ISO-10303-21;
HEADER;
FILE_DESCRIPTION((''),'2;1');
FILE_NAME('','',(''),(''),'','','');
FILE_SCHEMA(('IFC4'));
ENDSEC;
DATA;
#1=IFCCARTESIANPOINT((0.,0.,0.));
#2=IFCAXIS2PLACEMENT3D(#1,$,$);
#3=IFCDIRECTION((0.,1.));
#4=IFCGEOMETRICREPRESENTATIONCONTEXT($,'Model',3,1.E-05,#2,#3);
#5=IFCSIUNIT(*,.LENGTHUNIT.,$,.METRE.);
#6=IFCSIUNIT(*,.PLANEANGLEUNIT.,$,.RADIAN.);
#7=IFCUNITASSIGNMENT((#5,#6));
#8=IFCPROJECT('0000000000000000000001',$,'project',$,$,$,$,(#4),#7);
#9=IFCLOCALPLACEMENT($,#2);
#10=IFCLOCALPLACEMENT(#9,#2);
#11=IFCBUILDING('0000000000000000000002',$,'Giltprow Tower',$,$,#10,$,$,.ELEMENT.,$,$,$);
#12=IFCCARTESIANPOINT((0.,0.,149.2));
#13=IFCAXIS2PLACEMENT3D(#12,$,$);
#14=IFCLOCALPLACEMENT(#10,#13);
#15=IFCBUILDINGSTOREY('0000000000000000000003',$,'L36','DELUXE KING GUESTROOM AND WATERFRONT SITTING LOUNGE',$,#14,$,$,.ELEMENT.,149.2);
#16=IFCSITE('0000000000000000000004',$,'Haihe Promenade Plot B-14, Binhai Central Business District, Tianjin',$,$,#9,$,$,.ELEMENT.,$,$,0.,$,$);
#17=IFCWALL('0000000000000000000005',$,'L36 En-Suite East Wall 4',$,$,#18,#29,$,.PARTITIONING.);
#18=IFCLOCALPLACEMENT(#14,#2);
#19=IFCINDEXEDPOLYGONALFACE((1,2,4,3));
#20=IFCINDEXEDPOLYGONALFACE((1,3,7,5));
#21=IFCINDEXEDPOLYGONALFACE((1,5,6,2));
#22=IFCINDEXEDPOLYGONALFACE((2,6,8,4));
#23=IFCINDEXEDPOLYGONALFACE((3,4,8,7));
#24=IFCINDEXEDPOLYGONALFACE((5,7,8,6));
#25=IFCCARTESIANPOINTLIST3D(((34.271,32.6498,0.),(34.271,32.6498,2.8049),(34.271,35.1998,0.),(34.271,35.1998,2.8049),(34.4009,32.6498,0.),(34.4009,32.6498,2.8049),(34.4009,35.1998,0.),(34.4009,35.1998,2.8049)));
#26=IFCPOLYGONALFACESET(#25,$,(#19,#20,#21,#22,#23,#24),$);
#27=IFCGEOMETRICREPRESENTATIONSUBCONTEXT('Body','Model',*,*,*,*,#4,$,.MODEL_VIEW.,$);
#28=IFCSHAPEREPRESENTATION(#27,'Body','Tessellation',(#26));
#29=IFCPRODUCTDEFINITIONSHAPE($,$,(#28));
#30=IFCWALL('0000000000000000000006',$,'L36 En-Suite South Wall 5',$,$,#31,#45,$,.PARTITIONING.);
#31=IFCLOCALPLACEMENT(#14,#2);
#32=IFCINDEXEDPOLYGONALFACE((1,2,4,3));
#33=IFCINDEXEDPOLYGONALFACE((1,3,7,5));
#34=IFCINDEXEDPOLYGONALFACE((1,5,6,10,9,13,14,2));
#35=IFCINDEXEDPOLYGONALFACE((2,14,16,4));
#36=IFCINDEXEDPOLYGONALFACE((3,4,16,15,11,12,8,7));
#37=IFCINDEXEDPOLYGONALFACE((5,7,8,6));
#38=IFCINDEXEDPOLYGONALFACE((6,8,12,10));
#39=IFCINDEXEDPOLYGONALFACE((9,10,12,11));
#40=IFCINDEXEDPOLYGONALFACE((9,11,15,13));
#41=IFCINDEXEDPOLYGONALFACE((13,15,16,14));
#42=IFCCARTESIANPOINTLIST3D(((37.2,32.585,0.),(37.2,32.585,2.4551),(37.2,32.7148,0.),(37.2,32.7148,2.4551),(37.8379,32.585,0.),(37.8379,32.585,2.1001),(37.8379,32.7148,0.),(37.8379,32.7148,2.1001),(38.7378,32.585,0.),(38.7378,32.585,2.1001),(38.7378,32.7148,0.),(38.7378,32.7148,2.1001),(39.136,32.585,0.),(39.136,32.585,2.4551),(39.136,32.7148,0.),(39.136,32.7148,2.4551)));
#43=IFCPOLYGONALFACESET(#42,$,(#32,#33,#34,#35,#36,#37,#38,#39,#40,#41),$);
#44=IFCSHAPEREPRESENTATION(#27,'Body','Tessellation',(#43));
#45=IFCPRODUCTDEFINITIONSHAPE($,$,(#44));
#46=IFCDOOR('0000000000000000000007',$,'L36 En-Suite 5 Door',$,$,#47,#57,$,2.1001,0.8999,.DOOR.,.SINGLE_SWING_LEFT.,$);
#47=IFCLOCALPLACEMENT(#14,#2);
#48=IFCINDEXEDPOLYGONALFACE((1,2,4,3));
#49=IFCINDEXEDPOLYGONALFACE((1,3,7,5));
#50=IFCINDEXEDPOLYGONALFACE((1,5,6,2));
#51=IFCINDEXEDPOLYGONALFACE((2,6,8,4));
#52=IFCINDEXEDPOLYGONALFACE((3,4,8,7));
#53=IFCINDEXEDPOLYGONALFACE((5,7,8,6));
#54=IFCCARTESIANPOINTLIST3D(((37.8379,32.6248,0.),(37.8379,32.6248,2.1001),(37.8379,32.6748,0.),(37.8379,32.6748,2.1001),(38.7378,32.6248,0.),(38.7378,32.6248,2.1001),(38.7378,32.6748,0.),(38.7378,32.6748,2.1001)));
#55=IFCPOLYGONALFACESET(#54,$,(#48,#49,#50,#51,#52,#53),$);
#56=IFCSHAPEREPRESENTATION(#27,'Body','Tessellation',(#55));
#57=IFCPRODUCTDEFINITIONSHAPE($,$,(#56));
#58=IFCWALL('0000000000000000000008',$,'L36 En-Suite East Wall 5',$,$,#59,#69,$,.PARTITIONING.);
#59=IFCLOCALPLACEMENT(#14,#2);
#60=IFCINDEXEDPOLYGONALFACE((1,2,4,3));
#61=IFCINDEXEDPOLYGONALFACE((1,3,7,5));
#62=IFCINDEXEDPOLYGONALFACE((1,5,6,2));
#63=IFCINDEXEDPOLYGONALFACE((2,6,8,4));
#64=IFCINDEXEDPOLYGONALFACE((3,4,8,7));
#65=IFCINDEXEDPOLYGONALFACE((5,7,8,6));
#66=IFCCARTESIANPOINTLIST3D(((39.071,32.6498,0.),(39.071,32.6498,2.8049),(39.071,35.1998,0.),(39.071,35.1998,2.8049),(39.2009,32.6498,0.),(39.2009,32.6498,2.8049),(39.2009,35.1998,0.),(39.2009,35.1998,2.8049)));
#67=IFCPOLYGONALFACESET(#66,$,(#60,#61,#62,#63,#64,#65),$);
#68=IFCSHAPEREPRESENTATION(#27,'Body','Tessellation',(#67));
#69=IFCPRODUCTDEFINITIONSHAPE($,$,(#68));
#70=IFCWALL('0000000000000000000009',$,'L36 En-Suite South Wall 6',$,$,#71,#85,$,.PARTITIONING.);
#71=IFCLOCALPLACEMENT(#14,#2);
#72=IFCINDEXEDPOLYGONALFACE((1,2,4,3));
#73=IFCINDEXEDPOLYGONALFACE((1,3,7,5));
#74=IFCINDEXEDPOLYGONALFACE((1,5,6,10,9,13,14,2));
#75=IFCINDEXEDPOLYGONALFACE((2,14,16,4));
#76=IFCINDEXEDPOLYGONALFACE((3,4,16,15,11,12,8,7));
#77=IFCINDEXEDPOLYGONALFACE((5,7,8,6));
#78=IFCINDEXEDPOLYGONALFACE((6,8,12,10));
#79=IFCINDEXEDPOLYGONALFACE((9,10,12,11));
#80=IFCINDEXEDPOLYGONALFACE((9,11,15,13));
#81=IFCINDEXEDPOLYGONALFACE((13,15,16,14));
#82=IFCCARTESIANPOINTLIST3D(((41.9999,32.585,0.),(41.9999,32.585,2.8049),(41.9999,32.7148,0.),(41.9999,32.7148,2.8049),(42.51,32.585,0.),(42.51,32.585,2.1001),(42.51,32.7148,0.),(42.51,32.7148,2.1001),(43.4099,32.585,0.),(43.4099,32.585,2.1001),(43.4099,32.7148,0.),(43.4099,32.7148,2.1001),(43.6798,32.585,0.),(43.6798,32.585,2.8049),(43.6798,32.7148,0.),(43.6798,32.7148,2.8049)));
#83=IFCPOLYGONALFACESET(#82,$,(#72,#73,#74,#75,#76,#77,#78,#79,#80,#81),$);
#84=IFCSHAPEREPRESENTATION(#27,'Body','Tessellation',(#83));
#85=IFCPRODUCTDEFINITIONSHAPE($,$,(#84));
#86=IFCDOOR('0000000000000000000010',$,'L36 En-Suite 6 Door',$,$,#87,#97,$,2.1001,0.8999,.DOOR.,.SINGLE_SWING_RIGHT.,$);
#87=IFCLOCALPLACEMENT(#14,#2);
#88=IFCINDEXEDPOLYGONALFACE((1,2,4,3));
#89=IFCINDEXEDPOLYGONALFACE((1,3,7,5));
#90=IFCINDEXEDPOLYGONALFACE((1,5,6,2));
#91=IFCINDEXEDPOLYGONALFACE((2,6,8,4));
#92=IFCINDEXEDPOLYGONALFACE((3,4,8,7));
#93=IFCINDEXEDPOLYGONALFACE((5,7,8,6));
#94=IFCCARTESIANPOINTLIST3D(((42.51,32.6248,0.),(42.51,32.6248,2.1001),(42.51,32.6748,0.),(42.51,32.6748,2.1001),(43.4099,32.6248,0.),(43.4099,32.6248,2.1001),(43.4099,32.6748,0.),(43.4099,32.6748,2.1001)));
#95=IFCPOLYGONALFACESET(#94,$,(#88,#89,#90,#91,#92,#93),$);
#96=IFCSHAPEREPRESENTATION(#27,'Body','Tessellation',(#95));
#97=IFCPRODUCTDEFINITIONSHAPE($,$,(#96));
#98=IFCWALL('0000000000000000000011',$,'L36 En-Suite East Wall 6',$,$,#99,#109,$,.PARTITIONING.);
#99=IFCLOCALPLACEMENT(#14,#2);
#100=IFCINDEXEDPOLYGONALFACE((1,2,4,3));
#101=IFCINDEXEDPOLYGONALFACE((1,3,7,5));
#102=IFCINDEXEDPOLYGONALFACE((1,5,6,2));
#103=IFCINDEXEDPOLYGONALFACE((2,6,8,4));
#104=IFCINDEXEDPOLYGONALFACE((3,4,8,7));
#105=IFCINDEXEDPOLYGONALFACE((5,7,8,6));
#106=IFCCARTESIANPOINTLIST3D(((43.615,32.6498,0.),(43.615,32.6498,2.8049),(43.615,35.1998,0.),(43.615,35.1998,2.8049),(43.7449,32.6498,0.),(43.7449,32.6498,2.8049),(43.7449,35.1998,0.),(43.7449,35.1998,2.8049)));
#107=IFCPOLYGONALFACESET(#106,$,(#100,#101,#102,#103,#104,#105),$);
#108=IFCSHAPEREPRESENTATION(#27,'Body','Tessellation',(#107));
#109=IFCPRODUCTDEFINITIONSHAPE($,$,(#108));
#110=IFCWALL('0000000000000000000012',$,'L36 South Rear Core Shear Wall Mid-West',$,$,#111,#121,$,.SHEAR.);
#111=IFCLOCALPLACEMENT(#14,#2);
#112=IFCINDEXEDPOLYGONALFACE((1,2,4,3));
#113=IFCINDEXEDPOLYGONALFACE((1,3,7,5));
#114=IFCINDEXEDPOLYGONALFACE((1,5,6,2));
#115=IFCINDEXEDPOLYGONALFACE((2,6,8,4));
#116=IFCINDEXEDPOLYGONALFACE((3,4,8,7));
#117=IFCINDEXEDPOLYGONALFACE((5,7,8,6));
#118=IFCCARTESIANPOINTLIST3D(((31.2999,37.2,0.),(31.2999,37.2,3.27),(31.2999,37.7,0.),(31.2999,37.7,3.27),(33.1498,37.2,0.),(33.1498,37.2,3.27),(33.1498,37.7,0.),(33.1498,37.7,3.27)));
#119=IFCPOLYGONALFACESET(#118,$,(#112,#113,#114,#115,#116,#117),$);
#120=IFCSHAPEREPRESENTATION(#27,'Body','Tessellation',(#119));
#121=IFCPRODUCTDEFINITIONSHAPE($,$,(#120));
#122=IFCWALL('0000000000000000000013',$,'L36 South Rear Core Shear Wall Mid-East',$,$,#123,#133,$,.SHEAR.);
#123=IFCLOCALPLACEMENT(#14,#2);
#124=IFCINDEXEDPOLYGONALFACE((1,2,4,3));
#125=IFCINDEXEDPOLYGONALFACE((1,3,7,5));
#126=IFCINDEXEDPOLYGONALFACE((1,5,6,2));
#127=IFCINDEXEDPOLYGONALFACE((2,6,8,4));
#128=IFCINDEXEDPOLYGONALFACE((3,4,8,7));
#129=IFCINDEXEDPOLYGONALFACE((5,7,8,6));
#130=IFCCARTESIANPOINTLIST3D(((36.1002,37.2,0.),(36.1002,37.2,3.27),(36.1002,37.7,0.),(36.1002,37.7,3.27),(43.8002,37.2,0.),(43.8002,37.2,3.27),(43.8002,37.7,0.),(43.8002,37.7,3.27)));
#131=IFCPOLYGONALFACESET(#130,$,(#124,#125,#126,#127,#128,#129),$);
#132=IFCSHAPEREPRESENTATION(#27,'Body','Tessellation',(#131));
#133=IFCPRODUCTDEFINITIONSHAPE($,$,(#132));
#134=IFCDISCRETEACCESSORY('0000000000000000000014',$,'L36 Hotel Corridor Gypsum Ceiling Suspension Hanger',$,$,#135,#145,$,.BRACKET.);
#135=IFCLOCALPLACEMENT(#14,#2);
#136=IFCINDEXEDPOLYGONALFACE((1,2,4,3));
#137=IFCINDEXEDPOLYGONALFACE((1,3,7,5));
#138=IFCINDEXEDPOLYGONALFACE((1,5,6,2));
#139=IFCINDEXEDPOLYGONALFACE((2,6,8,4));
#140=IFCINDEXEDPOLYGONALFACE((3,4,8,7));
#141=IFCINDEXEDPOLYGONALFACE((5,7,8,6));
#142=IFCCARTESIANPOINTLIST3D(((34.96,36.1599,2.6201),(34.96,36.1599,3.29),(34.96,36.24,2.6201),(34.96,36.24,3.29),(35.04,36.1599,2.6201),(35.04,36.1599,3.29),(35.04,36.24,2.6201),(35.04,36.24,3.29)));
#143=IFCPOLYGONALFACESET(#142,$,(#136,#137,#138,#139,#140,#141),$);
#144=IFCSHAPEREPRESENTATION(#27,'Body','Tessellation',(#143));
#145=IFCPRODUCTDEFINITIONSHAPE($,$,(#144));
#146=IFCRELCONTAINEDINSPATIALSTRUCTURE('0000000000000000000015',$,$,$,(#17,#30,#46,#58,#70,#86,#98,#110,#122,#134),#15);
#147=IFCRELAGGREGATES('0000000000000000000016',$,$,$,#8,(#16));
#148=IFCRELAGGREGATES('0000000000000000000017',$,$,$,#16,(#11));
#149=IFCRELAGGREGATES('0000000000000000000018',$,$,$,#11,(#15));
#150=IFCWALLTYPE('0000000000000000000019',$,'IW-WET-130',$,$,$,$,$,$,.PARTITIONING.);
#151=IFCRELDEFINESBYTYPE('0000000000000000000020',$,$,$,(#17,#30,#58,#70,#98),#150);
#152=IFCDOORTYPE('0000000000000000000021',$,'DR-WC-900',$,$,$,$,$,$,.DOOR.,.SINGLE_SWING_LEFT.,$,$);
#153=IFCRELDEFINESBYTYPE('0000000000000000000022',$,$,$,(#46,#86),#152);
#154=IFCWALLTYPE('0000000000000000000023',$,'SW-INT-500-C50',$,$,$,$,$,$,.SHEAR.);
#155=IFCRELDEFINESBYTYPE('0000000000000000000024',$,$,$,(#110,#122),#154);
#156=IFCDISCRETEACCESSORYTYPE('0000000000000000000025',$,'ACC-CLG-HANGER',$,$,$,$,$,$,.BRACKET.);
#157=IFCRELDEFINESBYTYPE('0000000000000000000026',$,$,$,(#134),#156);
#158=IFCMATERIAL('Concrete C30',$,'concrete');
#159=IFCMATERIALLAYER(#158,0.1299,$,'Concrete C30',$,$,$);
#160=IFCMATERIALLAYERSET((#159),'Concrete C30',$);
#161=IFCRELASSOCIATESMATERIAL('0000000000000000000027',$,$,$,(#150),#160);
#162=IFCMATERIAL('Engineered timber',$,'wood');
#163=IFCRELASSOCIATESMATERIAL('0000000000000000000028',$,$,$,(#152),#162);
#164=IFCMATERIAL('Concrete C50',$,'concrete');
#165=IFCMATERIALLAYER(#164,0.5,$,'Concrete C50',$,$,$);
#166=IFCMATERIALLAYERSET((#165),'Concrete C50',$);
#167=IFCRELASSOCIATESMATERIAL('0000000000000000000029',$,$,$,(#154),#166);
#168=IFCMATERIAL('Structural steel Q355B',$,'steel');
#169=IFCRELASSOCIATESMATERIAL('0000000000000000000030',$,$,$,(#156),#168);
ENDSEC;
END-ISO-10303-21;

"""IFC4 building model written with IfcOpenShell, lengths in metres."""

from ifc_helpers import new_model, si_unit, direction, frame, frame_2d, origin, origin_2d, place, context, subcontext, project, spatial, rectangle, extrude, source, transform, mapped, material, layer, layer_set, type_object, element, fill, save


model = new_model("IFC4")

# Units and contexts
model_context = context("Model", 3, precision=1e-05, world=origin(), true_north=direction((0.0, 1.0)))
body_context = subcontext(model_context, "Body", "Model", "MODEL_VIEW")
ifc_project = project(units=[si_unit("LENGTHUNIT", "METRE"), si_unit("PLANEANGLEUNIT", "RADIAN")], contexts=[model_context])

# Site, building, storey
site_placement = place(None, origin())
site = spatial("IfcSite", under=ifc_project, at=site_placement, Name="Haihe Promenade Plot B-14, Binhai Central Business District, Tianjin", CompositionType="ELEMENT", RefElevation=0.0)
building_placement = place(site_placement, origin())
building = spatial("IfcBuilding", under=site, at=building_placement, Name="Giltprow Tower", CompositionType="ELEMENT")
storey_placement = place(building_placement, frame((0.0, 0.0, 149.2)))
storey = spatial("IfcBuildingStorey", under=building, at=storey_placement, Name="L36", Description="DELUXE KING GUESTROOM AND WATERFRONT SITTING LOUNGE", CompositionType="ELEMENT", Elevation=149.2)

# Shared definitions
ifc_material_1 = material(Name="Concrete C50", Category="concrete")

# Shared definitions
ifc_material_2 = material(Name="Structural steel Q355B", Category="steel")

# Shared definitions
ifc_material_3 = material(Name="Concrete C30", Category="concrete")
ifc_layer_1 = layer(ifc_material_3, 0.1299, Name="Concrete C30")
ifc_layer_set_1 = layer_set([ifc_layer_1], Name="Concrete C30")
wall_type_1 = type_object("IfcWallType", Name="IW-WET-130", PredefinedType="PARTITIONING", material=ifc_layer_set_1)
shared_shape_1 = source(origin(), body_context, "Body", "SweptSolid", [
    extrude(rectangle(XDim=0.8999, YDim=2.1001, at=frame_2d((0.45, 1.05))), frame((0.0, 0.0249, 0.0), z_axis=(0.0, -1.0, 0.0), x_axis=(1.0, 0.0, 0.0)), (0.0, 0.0, 1.0), 0.05),
])
ifc_material_4 = material(Name="Engineered timber", Category="wood")
door_type_1 = type_object("IfcDoorType", Name="DR-WC-900", OperationType="SINGLE_SWING_LEFT", PredefinedType="DOOR", material=ifc_material_4)

# Wall
wall_1_placement = place(storey_placement, frame((34.3359, 32.6499, 0.0), z_axis=(0.0, 0.0, 1.0), x_axis=(0.0, 1.0, 0.0)))
element("IfcWall", 1, at=wall_1_placement, inside=storey, type_object=wall_type_1, Name="L36 En-Suite East Wall 4", PredefinedType="PARTITIONING", context=body_context, shape_type="SweptSolid", body=[
    extrude(rectangle(XDim=2.55, YDim=0.1299, at=frame_2d((1.2749, 0.0))), origin(), (0.0, 0.0, 1.0), 2.8049),
])

# Wall, opening, door
wall_2_placement = place(storey_placement, frame((37.2, 32.6499, 0.0), z_axis=(0.0, 0.0, 1.0), x_axis=(1.0, 0.0, 0.0)))
wall_2 = element("IfcWall", 2, at=wall_2_placement, inside=storey, type_object=wall_type_1, Name="L36 En-Suite South Wall 5", PredefinedType="PARTITIONING", context=body_context, shape_type="SweptSolid", body=[
    extrude(rectangle(XDim=1.936, YDim=0.1299, at=frame_2d((0.968, 0.0))), origin(), (0.0, 0.0, 1.0), 2.4551),
])
opening_1_placement = place(wall_2_placement, frame((0.6379, 0.0, 0.0)))
opening_1 = element("IfcOpeningElement", 3, at=opening_1_placement, cuts=wall_2, PredefinedType="OPENING", context=body_context, shape_type="SweptSolid", body=[
    extrude(rectangle(XDim=0.8999, YDim=2.1001, at=frame_2d((0.45, 1.05))), frame((0.0, 0.075, 0.0), z_axis=(0.0, -1.0, 0.0), x_axis=(1.0, 0.0, 0.0)), (0.0, 0.0, 1.0), 0.1499),
])
door_1_placement = place(opening_1_placement, origin())
door_1 = element("IfcDoor", 4, at=door_1_placement, inside=storey, type_object=door_type_1, Name="L36 En-Suite 5 Door", OperationType="SINGLE_SWING_LEFT", OverallHeight=2.1001, OverallWidth=0.8999, PredefinedType="DOOR", context=body_context, shape_type="MappedRepresentation", body=[
    mapped(shared_shape_1, transform((0.0, 0.0, 0.0), x_axis=(1.0, 0.0, 0.0), y_axis=(0.0, 1.0, 0.0), z_axis=(0.0, 0.0, 1.0), scale=1.0)),
])
fill(opening_1, door_1)

# Wall
wall_3_placement = place(storey_placement, frame((39.136, 32.6499, 0.0), z_axis=(0.0, 0.0, 1.0), x_axis=(0.0, 1.0, 0.0)))
element("IfcWall", 5, at=wall_3_placement, inside=storey, type_object=wall_type_1, Name="L36 En-Suite East Wall 5", PredefinedType="PARTITIONING", context=body_context, shape_type="SweptSolid", body=[
    extrude(rectangle(XDim=2.55, YDim=0.1299, at=frame_2d((1.2749, 0.0))), origin(), (0.0, 0.0, 1.0), 2.8049),
])

# Wall, opening, door
wall_4_placement = place(storey_placement, frame((42.0, 32.6499, 0.0), z_axis=(0.0, 0.0, 1.0), x_axis=(1.0, 0.0, 0.0)))
wall_4 = element("IfcWall", 6, at=wall_4_placement, inside=storey, type_object=wall_type_1, Name="L36 En-Suite South Wall 6", PredefinedType="PARTITIONING", context=body_context, shape_type="SweptSolid", body=[
    extrude(rectangle(XDim=1.6799, YDim=0.1299, at=frame_2d((0.8398, 0.0))), origin(), (0.0, 0.0, 1.0), 2.8049),
])
opening_2_placement = place(wall_4_placement, frame((0.51, 0.0, 0.0)))
opening_2 = element("IfcOpeningElement", 7, at=opening_2_placement, cuts=wall_4, PredefinedType="OPENING", context=body_context, shape_type="SweptSolid", body=[
    extrude(rectangle(XDim=0.8999, YDim=2.1001, at=frame_2d((0.45, 1.05))), frame((0.0, 0.075, 0.0), z_axis=(0.0, -1.0, 0.0), x_axis=(1.0, 0.0, 0.0)), (0.0, 0.0, 1.0), 0.1499),
])
door_2_placement = place(opening_2_placement, origin())
door_2 = element("IfcDoor", 8, at=door_2_placement, inside=storey, type_object=door_type_1, Name="L36 En-Suite 6 Door", OperationType="SINGLE_SWING_RIGHT", OverallHeight=2.1001, OverallWidth=0.8999, PredefinedType="DOOR", context=body_context, shape_type="MappedRepresentation", body=[
    mapped(shared_shape_1, transform((0.0, 0.0, 0.0), x_axis=(1.0, 0.0, 0.0), y_axis=(0.0, 1.0, 0.0), z_axis=(0.0, 0.0, 1.0), scale=1.0)),
])
fill(opening_2, door_2)

# Walls
wall_5_placement = place(storey_placement, frame((43.6799, 32.6499, 0.0), z_axis=(0.0, 0.0, 1.0), x_axis=(0.0, 1.0, 0.0)))
element("IfcWall", 9, at=wall_5_placement, inside=storey, type_object=wall_type_1, Name="L36 En-Suite East Wall 6", PredefinedType="PARTITIONING", context=body_context, shape_type="SweptSolid", body=[
    extrude(rectangle(XDim=2.55, YDim=0.1299, at=frame_2d((1.2749, 0.0))), origin(), (0.0, 0.0, 1.0), 2.8049),
])
ifc_layer_2 = layer(ifc_material_1, 0.5, Name="Concrete C50")
ifc_layer_set_2 = layer_set([ifc_layer_2], Name="Concrete C50")
wall_type_2 = type_object("IfcWallType", Name="SW-INT-500-C50", PredefinedType="SHEAR", material=ifc_layer_set_2)
wall_6_placement = place(storey_placement, frame((31.3, 37.45, 0.0), z_axis=(0.0, 0.0, 1.0), x_axis=(1.0, 0.0, 0.0)))
element("IfcWall", 10, at=wall_6_placement, inside=storey, type_object=wall_type_2, Name="L36 South Rear Core Shear Wall Mid-West", PredefinedType="SHEAR", context=body_context, shape_type="SweptSolid", body=[
    extrude(rectangle(XDim=1.8499, YDim=0.5, at=frame_2d((0.9248, 0.0))), origin(), (0.0, 0.0, 1.0), 3.27),
])
wall_7_placement = place(storey_placement, frame((36.1001, 37.45, 0.0), z_axis=(0.0, 0.0, 1.0), x_axis=(1.0, 0.0, 0.0)))
element("IfcWall", 11, at=wall_7_placement, inside=storey, type_object=wall_type_2, Name="L36 South Rear Core Shear Wall Mid-East", PredefinedType="SHEAR", context=body_context, shape_type="SweptSolid", body=[
    extrude(rectangle(XDim=7.7, YDim=0.5, at=frame_2d((3.8501, 0.0))), origin(), (0.0, 0.0, 1.0), 3.27),
])

# Discrete accessory
discrete_accessory_type = type_object("IfcDiscreteAccessoryType", Name="ACC-CLG-HANGER", PredefinedType="BRACKET", material=ifc_material_2)
shared_shape_2 = source(origin(), body_context, "Body", "SweptSolid", [
    extrude(rectangle(XDim=0.0801, YDim=0.0801, at=origin_2d()), origin(), (0.0, 0.0, 1.0), 0.6699),
])
discrete_accessory_placement = place(storey_placement, frame((35.0, 36.2, 2.6201), z_axis=(0.0, 0.0, 1.0), x_axis=(1.0, 0.0, 0.0)))
element("IfcDiscreteAccessory", 12, at=discrete_accessory_placement, inside=storey, type_object=discrete_accessory_type, Name="L36 Hotel Corridor Gypsum Ceiling Suspension Hanger", PredefinedType="BRACKET", context=body_context, shape_type="MappedRepresentation", body=[
    mapped(shared_shape_2, transform((0.0, 0.0, 0.0), x_axis=(1.0, 0.0, 0.0), y_axis=(0.0, 1.0, 0.0), z_axis=(0.0, 0.0, 1.0), scale=1.0)),
])

save(model, "model.ifc")
